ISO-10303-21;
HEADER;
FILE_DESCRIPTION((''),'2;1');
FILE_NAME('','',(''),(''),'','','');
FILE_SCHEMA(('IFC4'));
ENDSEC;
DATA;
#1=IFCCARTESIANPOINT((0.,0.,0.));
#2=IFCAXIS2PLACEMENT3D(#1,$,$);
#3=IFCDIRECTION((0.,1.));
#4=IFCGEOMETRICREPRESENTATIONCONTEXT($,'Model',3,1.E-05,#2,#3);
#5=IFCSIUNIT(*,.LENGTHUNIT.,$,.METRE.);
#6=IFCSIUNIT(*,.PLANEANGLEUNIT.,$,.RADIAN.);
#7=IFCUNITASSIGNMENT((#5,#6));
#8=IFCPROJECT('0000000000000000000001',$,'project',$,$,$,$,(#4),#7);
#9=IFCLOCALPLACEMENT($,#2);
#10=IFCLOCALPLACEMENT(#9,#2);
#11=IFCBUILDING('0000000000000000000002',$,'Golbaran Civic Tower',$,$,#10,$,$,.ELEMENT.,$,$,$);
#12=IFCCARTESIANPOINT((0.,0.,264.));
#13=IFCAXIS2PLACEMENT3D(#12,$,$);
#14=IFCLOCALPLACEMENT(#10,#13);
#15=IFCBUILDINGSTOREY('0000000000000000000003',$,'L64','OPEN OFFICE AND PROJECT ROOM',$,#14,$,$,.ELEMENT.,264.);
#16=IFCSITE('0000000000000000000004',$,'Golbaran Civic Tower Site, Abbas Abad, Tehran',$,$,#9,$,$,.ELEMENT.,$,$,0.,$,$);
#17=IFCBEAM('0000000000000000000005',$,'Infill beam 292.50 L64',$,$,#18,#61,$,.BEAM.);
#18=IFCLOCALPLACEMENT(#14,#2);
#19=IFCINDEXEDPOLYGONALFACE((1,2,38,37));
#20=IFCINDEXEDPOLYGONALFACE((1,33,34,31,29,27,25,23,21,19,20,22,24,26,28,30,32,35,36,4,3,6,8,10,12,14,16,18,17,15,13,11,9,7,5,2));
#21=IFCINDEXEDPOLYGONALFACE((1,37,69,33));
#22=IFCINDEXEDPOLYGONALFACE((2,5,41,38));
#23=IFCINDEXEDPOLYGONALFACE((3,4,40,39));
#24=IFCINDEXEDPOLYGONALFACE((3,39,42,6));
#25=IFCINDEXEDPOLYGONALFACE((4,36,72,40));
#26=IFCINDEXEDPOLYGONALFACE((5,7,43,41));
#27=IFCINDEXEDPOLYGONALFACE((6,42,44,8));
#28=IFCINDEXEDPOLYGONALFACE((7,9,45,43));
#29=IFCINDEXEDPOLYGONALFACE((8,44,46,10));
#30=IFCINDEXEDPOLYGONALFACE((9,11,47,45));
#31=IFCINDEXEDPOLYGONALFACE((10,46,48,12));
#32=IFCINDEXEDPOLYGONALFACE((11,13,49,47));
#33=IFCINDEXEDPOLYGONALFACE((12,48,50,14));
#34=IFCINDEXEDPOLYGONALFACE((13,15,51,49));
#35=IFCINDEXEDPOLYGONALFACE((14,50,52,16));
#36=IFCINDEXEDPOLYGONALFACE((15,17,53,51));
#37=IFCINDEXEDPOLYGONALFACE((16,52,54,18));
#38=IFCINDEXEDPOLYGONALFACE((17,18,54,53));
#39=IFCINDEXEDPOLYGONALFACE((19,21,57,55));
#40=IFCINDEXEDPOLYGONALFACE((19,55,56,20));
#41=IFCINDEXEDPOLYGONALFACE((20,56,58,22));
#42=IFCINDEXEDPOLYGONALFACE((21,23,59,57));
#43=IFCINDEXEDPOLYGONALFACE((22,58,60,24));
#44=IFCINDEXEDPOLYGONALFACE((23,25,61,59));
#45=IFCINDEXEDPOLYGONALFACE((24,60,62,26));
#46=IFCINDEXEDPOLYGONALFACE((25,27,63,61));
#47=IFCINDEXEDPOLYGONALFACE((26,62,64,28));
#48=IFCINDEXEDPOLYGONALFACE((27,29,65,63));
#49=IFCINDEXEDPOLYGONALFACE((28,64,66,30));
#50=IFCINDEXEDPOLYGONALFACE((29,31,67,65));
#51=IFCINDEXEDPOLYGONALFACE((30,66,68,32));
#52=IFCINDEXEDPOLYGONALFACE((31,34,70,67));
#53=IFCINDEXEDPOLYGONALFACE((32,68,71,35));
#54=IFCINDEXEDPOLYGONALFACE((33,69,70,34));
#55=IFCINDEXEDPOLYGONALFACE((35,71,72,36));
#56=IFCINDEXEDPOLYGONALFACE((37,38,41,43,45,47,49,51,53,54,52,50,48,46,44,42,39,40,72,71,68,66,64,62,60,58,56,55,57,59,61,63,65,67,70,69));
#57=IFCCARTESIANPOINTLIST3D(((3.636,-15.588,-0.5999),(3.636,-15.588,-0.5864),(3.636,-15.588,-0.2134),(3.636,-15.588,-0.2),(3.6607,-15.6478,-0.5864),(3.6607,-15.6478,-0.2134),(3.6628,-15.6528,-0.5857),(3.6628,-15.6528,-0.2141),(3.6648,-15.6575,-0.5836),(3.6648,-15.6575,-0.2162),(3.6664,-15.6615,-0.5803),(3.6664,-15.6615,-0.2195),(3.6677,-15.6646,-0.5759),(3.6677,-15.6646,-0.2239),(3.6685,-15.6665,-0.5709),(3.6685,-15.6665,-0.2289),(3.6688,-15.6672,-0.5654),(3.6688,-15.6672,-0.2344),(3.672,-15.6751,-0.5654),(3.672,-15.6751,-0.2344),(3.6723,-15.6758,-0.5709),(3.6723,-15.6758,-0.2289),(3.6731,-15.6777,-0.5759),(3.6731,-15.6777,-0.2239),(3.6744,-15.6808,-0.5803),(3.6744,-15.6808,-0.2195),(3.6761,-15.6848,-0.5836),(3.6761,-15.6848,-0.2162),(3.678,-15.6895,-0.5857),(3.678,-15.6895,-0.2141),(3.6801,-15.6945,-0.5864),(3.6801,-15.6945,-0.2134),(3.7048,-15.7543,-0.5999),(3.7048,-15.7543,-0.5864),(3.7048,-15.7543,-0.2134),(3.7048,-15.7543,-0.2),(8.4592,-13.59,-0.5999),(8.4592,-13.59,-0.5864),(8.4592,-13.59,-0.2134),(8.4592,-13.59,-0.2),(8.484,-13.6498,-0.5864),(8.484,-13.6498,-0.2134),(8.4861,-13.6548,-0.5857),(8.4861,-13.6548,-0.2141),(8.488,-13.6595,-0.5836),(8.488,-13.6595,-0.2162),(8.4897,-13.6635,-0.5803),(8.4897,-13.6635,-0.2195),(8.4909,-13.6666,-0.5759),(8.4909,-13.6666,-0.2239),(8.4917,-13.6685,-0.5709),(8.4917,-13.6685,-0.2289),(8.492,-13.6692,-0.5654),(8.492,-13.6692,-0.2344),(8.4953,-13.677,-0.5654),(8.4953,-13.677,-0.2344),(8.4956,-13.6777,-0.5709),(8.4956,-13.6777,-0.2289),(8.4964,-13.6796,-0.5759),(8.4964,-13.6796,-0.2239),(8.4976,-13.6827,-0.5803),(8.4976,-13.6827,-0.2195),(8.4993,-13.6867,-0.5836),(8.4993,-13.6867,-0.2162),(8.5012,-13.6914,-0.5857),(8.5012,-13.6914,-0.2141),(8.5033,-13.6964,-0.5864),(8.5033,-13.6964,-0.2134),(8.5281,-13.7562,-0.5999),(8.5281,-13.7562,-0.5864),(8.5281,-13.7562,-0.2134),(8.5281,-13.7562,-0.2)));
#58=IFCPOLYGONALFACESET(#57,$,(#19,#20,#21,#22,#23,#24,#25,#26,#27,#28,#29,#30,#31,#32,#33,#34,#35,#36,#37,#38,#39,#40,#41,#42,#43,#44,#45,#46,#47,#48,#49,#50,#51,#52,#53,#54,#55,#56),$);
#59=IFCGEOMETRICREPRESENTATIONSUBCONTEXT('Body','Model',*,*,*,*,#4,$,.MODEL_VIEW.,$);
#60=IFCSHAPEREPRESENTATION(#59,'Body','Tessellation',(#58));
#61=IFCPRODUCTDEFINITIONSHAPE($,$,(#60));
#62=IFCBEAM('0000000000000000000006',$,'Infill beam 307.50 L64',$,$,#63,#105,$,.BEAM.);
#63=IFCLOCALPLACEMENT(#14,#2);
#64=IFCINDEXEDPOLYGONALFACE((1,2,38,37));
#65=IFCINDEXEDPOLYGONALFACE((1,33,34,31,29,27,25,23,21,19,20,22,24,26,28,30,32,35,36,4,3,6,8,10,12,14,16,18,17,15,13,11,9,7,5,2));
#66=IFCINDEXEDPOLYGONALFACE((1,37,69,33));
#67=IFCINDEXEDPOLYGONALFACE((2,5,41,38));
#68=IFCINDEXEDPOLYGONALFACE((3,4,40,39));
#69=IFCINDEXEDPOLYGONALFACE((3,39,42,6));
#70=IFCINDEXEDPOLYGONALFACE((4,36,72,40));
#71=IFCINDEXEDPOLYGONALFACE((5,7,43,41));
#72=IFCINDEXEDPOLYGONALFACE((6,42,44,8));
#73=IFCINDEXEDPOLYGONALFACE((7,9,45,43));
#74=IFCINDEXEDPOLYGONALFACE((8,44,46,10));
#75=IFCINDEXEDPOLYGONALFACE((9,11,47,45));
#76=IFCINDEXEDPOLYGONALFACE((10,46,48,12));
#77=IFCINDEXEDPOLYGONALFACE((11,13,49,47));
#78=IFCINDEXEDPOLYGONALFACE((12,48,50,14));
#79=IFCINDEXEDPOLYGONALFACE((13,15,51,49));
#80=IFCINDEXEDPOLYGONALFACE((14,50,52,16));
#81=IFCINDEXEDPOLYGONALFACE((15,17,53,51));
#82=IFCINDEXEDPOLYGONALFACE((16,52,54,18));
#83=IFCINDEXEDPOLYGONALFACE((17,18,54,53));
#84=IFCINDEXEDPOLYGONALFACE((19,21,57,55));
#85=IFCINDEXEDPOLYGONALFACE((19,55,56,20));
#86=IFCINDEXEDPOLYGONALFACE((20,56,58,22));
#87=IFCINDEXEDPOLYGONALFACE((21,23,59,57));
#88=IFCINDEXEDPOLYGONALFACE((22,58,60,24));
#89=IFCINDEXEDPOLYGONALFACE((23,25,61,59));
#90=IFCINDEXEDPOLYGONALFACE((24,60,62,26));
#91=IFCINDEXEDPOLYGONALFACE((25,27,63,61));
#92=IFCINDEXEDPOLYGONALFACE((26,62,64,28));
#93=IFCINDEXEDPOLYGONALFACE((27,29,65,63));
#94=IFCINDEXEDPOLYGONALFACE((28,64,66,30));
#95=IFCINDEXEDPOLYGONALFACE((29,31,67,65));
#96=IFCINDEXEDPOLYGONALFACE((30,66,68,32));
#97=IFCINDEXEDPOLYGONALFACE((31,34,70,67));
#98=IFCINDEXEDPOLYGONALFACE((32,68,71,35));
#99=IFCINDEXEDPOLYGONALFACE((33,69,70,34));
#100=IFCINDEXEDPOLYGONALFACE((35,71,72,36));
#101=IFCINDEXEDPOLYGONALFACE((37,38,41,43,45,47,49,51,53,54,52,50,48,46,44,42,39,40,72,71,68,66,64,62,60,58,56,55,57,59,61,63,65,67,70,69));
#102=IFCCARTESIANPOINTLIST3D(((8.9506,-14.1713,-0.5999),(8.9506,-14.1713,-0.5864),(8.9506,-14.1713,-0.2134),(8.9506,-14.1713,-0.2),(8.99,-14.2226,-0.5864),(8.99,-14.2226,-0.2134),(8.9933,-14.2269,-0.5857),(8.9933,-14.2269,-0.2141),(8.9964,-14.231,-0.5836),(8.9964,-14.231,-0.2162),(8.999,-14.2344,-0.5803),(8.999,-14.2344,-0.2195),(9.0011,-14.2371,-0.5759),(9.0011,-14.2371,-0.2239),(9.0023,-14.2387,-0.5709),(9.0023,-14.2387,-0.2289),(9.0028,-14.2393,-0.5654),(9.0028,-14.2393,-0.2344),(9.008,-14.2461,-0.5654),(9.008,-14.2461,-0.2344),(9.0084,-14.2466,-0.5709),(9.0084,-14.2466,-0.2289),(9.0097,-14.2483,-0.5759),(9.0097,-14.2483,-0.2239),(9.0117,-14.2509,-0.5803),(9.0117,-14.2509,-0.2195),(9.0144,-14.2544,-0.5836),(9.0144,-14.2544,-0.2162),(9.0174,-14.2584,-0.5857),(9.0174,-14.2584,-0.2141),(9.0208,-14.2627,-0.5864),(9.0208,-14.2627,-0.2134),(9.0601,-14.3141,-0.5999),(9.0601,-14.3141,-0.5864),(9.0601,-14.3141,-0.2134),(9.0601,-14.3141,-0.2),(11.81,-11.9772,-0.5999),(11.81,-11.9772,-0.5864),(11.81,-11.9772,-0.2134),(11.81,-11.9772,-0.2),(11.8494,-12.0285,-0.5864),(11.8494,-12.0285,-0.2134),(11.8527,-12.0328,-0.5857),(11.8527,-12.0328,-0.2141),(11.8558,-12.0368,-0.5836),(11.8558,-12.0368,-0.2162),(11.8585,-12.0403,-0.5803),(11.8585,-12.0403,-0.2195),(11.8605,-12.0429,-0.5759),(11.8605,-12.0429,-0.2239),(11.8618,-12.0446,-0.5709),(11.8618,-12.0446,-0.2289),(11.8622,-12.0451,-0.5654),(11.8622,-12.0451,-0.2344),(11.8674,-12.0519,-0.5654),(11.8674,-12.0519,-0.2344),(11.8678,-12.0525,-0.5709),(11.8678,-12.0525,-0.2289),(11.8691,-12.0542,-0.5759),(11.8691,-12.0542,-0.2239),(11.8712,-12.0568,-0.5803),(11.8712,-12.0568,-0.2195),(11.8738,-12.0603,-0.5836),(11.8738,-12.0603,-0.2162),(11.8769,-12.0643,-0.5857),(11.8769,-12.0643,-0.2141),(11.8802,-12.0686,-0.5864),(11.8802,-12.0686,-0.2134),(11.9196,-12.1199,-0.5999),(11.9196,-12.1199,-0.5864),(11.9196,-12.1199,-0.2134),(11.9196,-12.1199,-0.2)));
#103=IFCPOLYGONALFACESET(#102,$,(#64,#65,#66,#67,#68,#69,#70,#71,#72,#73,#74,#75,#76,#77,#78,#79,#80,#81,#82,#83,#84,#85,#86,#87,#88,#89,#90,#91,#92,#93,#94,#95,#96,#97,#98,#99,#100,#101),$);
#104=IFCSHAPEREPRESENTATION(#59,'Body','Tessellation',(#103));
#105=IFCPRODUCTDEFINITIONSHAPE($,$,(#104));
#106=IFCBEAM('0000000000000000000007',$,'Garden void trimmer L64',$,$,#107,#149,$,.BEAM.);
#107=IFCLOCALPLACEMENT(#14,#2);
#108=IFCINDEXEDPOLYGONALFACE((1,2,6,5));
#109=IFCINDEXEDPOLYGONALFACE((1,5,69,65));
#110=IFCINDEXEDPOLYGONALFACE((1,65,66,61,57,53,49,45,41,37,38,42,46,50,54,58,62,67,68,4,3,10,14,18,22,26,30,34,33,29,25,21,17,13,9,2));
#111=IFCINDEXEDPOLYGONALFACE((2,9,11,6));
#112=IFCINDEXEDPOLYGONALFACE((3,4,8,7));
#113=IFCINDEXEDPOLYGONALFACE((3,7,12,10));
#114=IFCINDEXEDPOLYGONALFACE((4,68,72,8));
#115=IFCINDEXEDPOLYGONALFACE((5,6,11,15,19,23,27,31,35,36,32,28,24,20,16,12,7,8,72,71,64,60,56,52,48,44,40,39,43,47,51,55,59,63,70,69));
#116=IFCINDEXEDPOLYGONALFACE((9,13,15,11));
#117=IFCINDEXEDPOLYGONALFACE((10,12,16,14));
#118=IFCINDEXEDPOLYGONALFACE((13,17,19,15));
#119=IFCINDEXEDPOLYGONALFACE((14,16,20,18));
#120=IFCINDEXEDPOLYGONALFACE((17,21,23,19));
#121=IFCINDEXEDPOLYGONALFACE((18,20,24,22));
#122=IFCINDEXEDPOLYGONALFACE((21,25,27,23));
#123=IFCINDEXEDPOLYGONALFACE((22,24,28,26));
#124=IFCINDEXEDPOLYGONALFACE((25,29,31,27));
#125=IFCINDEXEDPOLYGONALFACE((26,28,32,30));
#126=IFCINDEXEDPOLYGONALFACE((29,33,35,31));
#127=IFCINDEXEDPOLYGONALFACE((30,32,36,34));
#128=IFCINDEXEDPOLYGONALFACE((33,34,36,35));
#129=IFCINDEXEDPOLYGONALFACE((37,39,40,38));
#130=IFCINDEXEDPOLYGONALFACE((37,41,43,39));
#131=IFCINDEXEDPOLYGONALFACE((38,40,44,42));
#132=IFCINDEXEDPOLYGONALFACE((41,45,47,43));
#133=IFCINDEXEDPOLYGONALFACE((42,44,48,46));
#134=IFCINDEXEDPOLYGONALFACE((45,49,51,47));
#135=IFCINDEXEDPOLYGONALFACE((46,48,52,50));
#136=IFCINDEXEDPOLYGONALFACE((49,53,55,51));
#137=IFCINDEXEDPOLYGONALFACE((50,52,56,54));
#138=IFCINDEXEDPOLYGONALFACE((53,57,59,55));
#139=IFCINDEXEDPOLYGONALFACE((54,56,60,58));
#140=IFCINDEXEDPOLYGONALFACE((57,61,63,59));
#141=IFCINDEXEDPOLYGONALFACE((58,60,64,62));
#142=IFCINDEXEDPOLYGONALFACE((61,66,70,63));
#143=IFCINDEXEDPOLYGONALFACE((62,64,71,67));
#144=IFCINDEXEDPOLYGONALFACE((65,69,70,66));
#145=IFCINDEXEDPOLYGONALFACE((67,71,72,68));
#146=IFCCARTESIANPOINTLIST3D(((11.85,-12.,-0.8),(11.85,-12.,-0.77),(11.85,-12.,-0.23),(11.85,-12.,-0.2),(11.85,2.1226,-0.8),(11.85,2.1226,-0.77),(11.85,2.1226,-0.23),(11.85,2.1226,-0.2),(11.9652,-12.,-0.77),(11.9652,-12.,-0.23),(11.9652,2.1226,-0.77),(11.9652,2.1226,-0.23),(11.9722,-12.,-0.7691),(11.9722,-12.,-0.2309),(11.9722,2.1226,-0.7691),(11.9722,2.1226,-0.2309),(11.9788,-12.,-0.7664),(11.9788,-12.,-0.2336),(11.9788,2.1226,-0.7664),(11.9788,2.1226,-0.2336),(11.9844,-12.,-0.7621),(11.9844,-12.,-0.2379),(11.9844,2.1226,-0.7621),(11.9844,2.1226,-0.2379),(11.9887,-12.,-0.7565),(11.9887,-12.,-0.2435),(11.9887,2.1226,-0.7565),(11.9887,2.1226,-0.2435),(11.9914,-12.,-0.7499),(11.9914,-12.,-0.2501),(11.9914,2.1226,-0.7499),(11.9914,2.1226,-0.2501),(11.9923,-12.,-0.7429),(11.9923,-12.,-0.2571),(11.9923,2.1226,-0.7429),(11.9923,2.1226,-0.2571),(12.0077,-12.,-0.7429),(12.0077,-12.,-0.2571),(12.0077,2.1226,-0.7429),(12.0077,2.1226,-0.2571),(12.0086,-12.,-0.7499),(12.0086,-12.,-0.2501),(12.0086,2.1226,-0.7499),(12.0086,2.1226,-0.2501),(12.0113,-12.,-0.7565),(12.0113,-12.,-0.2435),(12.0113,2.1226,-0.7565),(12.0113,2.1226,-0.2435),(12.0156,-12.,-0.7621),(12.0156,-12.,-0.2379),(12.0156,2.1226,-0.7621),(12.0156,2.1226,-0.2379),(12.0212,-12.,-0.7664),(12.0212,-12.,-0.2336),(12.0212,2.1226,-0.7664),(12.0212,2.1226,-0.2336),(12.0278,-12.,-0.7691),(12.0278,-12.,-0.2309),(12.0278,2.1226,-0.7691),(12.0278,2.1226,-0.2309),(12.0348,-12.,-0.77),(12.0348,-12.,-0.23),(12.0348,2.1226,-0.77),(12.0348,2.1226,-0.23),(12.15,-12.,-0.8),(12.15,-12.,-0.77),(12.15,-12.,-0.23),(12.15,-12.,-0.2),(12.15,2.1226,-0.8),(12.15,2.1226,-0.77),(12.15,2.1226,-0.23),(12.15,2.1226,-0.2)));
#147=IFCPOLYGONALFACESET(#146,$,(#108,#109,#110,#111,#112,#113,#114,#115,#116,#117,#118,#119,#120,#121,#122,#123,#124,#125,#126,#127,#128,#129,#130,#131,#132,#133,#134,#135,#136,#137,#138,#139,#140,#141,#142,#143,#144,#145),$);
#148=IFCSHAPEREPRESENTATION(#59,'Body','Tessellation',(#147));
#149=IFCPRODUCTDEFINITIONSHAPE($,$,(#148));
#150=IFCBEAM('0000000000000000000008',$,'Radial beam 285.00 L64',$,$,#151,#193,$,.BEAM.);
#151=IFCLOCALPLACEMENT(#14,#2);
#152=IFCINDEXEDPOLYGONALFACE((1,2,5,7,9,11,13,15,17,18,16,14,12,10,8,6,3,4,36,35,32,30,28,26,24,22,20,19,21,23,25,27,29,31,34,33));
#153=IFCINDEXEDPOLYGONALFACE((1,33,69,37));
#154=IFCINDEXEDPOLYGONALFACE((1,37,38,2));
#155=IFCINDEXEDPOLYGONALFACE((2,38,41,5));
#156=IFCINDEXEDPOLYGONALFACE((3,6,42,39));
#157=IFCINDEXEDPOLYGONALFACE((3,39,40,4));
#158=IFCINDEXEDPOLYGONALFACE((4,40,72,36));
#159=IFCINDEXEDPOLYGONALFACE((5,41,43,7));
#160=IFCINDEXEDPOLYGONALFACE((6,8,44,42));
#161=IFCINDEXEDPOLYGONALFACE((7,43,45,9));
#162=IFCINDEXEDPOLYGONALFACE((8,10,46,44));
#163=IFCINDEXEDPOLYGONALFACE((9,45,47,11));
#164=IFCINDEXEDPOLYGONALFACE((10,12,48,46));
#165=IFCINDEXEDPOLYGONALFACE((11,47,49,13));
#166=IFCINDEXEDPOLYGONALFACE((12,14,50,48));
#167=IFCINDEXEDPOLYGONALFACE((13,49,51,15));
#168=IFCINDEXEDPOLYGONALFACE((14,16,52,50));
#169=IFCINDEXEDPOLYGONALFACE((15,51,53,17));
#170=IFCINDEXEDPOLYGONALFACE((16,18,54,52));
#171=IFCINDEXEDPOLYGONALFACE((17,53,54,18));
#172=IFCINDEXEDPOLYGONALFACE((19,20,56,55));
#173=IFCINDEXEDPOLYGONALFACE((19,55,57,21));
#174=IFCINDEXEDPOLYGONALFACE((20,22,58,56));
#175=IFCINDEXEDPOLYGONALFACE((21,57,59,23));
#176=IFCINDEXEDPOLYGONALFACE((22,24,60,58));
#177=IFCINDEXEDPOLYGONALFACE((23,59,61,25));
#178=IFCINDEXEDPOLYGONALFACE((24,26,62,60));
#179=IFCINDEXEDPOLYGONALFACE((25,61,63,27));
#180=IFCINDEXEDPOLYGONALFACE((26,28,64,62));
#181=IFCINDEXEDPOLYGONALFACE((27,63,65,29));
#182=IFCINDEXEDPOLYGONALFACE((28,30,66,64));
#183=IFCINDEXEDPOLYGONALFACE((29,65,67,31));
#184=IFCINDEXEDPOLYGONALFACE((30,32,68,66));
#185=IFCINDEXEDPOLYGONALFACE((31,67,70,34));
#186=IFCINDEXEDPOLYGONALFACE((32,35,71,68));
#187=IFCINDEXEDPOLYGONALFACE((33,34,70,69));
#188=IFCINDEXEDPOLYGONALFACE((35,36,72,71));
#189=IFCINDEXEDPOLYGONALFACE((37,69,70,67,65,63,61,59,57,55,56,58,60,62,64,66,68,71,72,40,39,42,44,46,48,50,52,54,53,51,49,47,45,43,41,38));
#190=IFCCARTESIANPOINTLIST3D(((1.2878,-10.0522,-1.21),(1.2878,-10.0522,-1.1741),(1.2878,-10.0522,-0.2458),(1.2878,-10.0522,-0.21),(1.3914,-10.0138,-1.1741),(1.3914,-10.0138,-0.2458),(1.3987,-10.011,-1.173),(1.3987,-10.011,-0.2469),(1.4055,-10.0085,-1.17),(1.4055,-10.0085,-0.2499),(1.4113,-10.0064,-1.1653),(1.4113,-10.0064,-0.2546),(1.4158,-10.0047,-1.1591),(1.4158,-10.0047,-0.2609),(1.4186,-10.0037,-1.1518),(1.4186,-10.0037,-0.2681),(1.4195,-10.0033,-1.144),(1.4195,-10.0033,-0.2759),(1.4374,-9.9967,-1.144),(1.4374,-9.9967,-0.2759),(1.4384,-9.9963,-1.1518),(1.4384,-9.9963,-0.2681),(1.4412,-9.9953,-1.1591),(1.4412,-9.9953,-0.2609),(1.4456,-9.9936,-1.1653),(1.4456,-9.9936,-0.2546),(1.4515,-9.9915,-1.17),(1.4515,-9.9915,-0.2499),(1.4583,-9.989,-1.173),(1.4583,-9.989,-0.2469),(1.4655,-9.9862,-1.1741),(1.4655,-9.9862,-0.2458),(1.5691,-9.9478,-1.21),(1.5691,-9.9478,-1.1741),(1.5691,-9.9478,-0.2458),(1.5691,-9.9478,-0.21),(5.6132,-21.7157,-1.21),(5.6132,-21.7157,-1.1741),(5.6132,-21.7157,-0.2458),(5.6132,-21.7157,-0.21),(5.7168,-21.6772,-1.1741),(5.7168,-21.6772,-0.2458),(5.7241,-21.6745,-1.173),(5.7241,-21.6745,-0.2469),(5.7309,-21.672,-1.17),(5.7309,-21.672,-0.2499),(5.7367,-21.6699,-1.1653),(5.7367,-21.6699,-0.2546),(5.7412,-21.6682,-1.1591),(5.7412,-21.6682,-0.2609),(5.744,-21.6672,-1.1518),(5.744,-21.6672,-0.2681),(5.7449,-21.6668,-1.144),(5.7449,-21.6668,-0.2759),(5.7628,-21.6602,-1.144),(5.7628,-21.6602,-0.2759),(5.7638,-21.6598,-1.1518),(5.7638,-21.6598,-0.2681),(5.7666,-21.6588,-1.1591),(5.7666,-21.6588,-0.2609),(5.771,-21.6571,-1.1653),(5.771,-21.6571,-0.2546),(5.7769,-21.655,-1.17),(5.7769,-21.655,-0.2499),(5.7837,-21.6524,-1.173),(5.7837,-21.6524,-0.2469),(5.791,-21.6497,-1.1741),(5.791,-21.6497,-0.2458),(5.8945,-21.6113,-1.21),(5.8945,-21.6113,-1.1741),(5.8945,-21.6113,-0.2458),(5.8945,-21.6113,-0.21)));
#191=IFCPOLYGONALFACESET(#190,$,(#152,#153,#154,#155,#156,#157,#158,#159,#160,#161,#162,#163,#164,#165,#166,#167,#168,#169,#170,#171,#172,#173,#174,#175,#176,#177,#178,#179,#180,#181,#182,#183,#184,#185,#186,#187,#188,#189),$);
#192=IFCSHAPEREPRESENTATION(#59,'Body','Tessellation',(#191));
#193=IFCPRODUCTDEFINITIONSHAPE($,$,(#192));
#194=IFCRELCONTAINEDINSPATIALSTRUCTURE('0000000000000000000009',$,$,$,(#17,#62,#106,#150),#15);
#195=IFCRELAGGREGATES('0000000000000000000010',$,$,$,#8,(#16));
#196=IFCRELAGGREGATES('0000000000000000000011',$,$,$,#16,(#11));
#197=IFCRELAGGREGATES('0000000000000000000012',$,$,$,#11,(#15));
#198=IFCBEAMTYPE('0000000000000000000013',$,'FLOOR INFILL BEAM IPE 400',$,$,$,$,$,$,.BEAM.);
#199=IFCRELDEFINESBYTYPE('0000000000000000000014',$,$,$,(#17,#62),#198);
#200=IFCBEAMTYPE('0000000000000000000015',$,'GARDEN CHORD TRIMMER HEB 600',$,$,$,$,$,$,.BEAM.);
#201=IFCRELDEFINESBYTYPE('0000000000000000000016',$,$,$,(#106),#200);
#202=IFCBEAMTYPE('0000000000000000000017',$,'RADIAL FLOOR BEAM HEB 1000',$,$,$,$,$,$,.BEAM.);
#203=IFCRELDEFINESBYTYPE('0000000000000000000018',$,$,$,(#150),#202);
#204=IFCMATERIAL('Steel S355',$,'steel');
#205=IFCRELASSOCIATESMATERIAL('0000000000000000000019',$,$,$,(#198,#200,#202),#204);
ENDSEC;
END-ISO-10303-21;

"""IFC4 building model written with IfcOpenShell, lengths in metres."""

from ifc_helpers import new_model, si_unit, direction, frame, origin, origin_2d, place, context, subcontext, project, spatial, i_section, extrude, material, material_profile, profile_set, type_object, element, save


model = new_model("IFC4")

# Units and contexts
model_context = context("Model", 3, precision=1e-05, world=origin(), true_north=direction((0.0, 1.0)))
body_context = subcontext(model_context, "Body", "Model", "MODEL_VIEW")
ifc_project = project(units=[si_unit("LENGTHUNIT", "METRE"), si_unit("PLANEANGLEUNIT", "RADIAN")], contexts=[model_context])

# Site, building, storey
site_placement = place(None, origin())
site = spatial("IfcSite", under=ifc_project, at=site_placement, Name="Golbaran Civic Tower Site, Abbas Abad, Tehran", CompositionType="ELEMENT", RefElevation=0.0)
building_placement = place(site_placement, origin())
building = spatial("IfcBuilding", under=site, at=building_placement, Name="Golbaran Civic Tower", CompositionType="ELEMENT")
storey_placement = place(building_placement, frame((0.0, 0.0, 264.0)))
storey = spatial("IfcBuildingStorey", under=building, at=storey_placement, Name="L64", Description="OPEN OFFICE AND PROJECT ROOM", CompositionType="ELEMENT", Elevation=264.0)

# Beams
ifc_material_1 = material(Name="Steel S355", Category="steel")
ifc_material_profile_1 = material_profile(ifc_material_1, i_section(OverallWidth=0.1799, OverallDepth=0.3999, WebThickness=0.0085, FlangeThickness=0.0134, FilletRadius=0.021, at=origin_2d()), Name="IPE 400")
ifc_profile_set_1 = profile_set([ifc_material_profile_1], Name="Steel S355")
beam_type_1 = type_object("IfcBeamType", Name="FLOOR INFILL BEAM IPE 400", PredefinedType="BEAM", material=ifc_profile_set_1)
beam_1_placement = place(storey_placement, frame((3.6704, -15.6711, -0.3999), z_axis=(0.923866, 0.382715, 0.0), x_axis=(-0.382715, 0.923866, 0.0)))
element("IfcBeam", 1, at=beam_1_placement, inside=storey, type_object=beam_type_1, Name="Infill beam 292.50 L64", PredefinedType="BEAM", context=body_context, shape_type="SweptSolid", body=[
    extrude(i_section(OverallWidth=0.1799, OverallDepth=0.3999, WebThickness=0.0085, FlangeThickness=0.0134, FilletRadius=0.021, at=origin_2d()), origin(), (0.0, 0.0, 1.0), 5.2207),
])
beam_2_placement = place(storey_placement, frame((9.0054, -14.2427, -0.3999), z_axis=(0.793351, 0.608764, 0.0), x_axis=(-0.608764, 0.793351, 0.0)))
element("IfcBeam", 2, at=beam_2_placement, inside=storey, type_object=beam_type_1, Name="Infill beam 307.50 L64", PredefinedType="BEAM", context=body_context, shape_type="SweptSolid", body=[
    extrude(i_section(OverallWidth=0.1799, OverallDepth=0.3999, WebThickness=0.0085, FlangeThickness=0.0134, FilletRadius=0.021, at=origin_2d()), origin(), (0.0, 0.0, 1.0), 3.6042),
])
ifc_material_profile_2 = material_profile(ifc_material_1, i_section(OverallWidth=0.3, OverallDepth=0.6001, WebThickness=0.0154, FlangeThickness=0.03, FilletRadius=0.0271, at=origin_2d()), Name="HEB 600")
ifc_profile_set_2 = profile_set([ifc_material_profile_2], Name="Steel S355")
beam_type_2 = type_object("IfcBeamType", Name="GARDEN CHORD TRIMMER HEB 600", PredefinedType="BEAM", material=ifc_profile_set_2)
beam_3_placement = place(storey_placement, frame((12.0, -12.0, -0.5), z_axis=(0.0, 1.0, 0.0), x_axis=(-1.0, 0.0, 0.0)))
element("IfcBeam", 3, at=beam_3_placement, inside=storey, type_object=beam_type_2, Name="Garden void trimmer L64", PredefinedType="BEAM", context=body_context, shape_type="SweptSolid", body=[
    extrude(i_section(OverallWidth=0.3, OverallDepth=0.6001, WebThickness=0.0154, FlangeThickness=0.03, FilletRadius=0.0271, at=origin_2d()), origin(), (0.0, 0.0, 1.0), 14.1226),
])
ifc_material_profile_3 = material_profile(ifc_material_1, i_section(OverallWidth=0.3, OverallDepth=1.0, WebThickness=0.019, FlangeThickness=0.0359, FilletRadius=0.03, at=origin_2d()), Name="HEB 1000")
ifc_profile_set_3 = profile_set([ifc_material_profile_3], Name="Steel S355")
beam_type_3 = type_object("IfcBeamType", Name="RADIAL FLOOR BEAM HEB 1000", PredefinedType="BEAM", material=ifc_profile_set_3)
beam_4_placement = place(storey_placement, frame((1.4285, -10.0, -0.71), z_axis=(0.34771, -0.937602, 0.0), x_axis=(0.937602, 0.34771, 0.0)))
element("IfcBeam", 4, at=beam_4_placement, inside=storey, type_object=beam_type_3, Name="Radial beam 285.00 L64", PredefinedType="BEAM", context=body_context, shape_type="SweptSolid", body=[
    extrude(i_section(OverallWidth=0.3, OverallDepth=1.0, WebThickness=0.019, FlangeThickness=0.0359, FilletRadius=0.03, at=origin_2d()), origin(), (0.0, 0.0, 1.0), 12.4397),
])

save(model, "model.ifc")
